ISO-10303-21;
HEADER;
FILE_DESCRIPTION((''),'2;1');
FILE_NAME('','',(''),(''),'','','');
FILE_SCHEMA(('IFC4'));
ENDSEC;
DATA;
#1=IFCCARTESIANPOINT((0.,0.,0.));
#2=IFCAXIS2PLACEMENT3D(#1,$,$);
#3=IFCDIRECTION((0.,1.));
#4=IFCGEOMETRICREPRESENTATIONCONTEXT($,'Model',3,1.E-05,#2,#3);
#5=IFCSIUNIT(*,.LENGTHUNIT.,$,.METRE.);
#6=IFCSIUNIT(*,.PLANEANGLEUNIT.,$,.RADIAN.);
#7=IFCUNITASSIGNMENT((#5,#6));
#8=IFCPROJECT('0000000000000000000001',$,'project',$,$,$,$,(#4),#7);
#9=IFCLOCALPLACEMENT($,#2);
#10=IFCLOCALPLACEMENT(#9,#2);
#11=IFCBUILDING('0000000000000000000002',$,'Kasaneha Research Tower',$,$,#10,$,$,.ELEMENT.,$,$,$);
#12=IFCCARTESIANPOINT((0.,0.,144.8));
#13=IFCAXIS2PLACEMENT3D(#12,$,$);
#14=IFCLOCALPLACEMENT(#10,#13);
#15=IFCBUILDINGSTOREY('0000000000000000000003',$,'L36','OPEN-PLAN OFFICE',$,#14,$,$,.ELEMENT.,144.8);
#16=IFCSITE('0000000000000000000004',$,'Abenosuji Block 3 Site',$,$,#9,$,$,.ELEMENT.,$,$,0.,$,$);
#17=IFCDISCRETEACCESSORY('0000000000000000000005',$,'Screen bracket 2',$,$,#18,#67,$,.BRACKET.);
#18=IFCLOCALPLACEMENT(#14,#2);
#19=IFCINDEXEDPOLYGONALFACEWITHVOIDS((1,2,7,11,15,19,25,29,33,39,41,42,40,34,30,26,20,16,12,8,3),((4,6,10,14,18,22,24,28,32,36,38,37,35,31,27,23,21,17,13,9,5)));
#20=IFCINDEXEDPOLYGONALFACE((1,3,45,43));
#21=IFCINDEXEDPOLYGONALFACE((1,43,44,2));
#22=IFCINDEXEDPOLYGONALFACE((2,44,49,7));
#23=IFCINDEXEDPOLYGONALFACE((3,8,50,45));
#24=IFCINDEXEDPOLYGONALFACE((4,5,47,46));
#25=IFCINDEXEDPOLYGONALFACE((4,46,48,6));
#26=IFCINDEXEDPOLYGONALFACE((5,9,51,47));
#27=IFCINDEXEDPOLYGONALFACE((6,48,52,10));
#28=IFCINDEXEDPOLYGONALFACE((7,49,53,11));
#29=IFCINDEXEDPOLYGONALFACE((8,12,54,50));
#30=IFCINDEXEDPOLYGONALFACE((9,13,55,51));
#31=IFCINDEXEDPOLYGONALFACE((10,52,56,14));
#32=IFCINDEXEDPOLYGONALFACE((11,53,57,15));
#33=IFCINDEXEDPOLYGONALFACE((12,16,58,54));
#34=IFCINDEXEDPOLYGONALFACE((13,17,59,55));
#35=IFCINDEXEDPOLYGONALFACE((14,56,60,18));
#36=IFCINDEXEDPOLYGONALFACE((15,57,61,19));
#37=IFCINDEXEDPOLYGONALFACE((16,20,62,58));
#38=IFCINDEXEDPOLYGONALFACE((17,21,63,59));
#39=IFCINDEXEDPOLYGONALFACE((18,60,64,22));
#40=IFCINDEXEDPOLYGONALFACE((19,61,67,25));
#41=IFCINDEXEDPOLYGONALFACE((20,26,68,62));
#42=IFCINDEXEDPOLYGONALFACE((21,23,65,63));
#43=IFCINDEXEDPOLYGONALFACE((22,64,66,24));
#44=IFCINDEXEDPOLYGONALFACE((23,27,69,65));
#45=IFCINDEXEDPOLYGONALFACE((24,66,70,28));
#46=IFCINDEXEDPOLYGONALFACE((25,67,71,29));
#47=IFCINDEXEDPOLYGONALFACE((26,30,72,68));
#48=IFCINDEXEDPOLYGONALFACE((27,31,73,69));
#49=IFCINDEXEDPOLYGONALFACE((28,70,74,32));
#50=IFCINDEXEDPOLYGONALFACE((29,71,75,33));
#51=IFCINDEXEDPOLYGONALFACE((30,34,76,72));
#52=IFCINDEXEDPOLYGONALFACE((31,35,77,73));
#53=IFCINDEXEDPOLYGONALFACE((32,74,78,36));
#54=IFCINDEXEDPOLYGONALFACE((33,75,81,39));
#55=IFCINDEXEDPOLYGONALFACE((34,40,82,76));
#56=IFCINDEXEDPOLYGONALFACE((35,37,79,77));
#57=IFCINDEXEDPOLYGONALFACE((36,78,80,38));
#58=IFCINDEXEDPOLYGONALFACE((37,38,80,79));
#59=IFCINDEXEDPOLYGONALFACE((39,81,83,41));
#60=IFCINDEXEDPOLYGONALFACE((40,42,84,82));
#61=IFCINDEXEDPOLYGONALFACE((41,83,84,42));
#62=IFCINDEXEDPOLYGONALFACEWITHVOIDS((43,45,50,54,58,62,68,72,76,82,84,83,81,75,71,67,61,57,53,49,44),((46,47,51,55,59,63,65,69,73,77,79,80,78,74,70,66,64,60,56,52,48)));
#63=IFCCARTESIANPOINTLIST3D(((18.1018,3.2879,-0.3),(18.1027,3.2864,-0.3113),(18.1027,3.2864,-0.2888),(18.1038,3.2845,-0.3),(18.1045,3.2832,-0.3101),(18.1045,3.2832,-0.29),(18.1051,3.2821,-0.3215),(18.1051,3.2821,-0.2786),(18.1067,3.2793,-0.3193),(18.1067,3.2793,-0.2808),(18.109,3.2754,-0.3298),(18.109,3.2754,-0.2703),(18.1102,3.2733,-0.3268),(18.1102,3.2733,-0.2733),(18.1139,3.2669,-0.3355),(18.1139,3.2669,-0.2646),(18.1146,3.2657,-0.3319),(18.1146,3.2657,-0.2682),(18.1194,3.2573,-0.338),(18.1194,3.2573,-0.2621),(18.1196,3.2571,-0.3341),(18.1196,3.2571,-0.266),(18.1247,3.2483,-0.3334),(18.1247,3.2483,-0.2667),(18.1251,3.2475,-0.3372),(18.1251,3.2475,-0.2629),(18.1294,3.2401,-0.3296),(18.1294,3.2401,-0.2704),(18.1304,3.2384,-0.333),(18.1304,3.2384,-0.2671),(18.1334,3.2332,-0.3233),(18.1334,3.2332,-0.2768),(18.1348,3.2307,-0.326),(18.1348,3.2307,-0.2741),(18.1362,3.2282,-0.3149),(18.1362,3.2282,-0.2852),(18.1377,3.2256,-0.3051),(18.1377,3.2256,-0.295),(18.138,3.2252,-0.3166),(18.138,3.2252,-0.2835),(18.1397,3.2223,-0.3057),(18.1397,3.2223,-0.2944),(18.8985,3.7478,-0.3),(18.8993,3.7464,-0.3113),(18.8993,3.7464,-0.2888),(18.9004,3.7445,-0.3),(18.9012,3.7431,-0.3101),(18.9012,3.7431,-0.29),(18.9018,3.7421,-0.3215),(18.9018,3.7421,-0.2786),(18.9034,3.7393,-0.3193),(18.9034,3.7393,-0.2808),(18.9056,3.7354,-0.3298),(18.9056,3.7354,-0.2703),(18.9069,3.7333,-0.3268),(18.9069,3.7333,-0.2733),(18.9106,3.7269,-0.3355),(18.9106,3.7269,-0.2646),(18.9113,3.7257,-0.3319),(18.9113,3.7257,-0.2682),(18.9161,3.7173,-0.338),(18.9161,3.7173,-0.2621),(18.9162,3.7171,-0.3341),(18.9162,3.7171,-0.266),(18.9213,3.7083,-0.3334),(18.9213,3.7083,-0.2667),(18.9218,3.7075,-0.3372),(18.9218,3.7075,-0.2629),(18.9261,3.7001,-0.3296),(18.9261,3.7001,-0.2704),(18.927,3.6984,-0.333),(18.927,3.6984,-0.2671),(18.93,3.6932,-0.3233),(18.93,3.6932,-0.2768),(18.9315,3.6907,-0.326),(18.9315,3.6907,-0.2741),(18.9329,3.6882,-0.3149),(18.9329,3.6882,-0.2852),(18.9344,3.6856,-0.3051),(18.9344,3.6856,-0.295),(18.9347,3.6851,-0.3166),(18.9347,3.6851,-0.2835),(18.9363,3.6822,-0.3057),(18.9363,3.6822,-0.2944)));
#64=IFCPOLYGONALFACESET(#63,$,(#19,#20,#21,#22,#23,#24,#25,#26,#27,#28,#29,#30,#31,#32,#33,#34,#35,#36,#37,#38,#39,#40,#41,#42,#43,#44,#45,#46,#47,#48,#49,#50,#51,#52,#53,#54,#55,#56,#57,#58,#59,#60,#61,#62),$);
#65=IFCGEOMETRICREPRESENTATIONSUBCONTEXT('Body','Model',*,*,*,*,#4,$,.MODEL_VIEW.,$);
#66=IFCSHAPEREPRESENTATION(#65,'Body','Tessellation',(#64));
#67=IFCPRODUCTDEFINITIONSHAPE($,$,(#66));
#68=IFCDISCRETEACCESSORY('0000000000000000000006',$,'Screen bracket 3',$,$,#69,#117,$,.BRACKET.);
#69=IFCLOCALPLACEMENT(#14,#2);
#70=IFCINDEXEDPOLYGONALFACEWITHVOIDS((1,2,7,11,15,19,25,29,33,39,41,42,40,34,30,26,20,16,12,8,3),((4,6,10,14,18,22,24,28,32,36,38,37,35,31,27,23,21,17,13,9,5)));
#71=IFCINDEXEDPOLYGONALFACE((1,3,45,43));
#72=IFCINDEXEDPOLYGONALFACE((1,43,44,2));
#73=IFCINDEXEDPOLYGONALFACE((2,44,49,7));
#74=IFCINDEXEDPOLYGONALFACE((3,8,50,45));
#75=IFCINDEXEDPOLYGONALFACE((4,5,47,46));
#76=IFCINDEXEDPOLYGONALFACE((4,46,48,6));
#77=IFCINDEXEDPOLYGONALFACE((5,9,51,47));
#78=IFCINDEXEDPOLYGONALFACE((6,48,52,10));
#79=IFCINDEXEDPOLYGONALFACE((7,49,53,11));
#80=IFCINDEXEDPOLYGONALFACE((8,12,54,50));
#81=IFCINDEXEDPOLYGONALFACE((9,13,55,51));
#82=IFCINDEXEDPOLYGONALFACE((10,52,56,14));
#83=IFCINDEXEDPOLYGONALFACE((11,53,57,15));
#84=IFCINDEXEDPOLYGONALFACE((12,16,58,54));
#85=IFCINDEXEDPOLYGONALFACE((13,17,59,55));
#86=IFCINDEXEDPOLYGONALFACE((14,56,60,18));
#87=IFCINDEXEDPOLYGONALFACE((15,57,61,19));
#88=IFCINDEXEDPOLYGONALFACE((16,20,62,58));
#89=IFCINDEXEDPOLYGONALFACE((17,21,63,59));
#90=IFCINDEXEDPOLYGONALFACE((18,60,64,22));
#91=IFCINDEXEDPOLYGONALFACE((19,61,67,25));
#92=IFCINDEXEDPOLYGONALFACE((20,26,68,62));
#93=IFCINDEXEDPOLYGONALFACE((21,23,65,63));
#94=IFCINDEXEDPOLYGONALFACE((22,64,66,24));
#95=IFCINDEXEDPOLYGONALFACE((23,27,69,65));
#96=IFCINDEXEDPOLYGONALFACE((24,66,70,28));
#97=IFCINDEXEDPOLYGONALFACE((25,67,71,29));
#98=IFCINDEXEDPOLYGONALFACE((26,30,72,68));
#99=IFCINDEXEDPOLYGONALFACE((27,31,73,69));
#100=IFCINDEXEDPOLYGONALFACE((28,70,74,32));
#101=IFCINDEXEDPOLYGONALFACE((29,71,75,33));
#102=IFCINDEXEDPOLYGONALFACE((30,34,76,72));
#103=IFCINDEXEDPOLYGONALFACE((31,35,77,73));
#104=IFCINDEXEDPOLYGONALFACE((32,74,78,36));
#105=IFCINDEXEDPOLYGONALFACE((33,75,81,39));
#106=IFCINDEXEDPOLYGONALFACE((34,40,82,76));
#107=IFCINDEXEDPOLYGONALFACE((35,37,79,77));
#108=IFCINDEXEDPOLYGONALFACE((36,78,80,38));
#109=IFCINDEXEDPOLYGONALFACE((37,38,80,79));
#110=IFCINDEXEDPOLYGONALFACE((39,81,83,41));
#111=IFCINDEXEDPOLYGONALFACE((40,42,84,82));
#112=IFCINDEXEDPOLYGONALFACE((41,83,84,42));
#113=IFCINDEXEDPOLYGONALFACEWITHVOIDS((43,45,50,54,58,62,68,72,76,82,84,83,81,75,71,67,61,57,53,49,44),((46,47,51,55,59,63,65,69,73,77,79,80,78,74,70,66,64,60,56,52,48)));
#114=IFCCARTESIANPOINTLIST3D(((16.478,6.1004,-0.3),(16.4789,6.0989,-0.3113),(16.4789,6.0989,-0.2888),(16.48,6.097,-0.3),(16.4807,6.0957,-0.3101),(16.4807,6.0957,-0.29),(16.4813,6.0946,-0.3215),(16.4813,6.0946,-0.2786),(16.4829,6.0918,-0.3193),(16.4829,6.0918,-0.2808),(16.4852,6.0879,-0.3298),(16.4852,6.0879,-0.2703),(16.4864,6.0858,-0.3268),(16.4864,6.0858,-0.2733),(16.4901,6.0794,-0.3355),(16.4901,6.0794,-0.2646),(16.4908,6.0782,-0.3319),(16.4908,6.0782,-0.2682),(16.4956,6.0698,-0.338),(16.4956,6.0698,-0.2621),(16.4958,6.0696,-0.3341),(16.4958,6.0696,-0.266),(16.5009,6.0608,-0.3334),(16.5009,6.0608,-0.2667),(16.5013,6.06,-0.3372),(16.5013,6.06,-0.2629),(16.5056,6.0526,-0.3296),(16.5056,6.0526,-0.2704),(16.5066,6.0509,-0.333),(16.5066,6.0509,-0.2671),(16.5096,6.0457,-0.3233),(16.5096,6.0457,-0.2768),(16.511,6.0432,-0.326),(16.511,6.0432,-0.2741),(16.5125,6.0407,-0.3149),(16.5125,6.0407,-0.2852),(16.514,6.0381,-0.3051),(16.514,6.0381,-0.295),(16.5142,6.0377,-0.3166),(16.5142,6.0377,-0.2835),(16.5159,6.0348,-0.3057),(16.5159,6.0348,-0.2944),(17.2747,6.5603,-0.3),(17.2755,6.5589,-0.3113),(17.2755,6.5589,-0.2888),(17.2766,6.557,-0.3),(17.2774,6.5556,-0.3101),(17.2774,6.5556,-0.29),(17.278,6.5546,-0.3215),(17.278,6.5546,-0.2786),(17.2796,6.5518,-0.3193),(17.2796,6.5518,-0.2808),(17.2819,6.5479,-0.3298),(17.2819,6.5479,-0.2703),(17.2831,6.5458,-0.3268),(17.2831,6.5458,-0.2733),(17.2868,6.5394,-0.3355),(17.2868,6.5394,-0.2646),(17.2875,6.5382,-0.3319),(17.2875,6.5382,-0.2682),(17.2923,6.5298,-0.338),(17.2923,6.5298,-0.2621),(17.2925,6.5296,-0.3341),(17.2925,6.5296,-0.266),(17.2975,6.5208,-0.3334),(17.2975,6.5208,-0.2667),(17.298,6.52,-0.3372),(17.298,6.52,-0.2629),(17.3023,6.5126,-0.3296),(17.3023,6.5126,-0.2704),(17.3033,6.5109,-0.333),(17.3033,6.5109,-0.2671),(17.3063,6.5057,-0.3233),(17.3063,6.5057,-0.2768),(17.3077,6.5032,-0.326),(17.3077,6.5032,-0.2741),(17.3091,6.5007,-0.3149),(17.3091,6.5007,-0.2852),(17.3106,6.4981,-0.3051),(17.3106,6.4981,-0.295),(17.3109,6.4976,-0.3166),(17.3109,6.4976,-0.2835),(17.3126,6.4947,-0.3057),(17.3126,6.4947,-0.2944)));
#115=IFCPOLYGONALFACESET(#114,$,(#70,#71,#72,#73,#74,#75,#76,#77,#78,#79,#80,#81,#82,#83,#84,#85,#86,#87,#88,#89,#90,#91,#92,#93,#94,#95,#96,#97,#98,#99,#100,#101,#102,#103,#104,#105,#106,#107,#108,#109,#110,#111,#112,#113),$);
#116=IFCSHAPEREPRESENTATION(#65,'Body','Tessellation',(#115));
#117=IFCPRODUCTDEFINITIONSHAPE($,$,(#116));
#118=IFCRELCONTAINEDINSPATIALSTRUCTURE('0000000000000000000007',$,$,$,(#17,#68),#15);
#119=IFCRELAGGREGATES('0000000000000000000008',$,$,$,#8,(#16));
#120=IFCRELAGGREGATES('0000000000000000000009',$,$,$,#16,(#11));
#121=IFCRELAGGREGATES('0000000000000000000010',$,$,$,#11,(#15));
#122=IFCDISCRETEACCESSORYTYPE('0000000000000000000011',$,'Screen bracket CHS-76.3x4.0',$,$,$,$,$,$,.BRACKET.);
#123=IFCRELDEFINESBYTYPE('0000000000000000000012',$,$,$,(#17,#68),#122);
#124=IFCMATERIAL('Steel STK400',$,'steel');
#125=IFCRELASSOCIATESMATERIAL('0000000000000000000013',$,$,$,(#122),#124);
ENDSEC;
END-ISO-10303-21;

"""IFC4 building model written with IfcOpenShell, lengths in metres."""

from ifc_helpers import new_model, si_unit, direction, frame, origin, origin_2d, place, context, subcontext, project, spatial, hollow_circle, extrude, material, material_profile, profile_set, type_object, element, save


model = new_model("IFC4")

# Units and contexts
model_context = context("Model", 3, precision=1e-05, world=origin(), true_north=direction((0.0, 1.0)))
body_context = subcontext(model_context, "Body", "Model", "MODEL_VIEW")
ifc_project = project(units=[si_unit("LENGTHUNIT", "METRE"), si_unit("PLANEANGLEUNIT", "RADIAN")], contexts=[model_context])

# Site, building, storey
site_placement = place(None, origin())
site = spatial("IfcSite", under=ifc_project, at=site_placement, Name="Abenosuji Block 3 Site", CompositionType="ELEMENT", RefElevation=0.0)
building_placement = place(site_placement, origin())
building = spatial("IfcBuilding", under=site, at=building_placement, Name="Kasaneha Research Tower", CompositionType="ELEMENT")
storey_placement = place(building_placement, frame((0.0, 0.0, 144.8)))
storey = spatial("IfcBuildingStorey", under=building, at=storey_placement, Name="L36", Description="OPEN-PLAN OFFICE", CompositionType="ELEMENT", Elevation=144.8)

# Discrete accessories
ifc_material_1 = material(Name="Steel STK400", Category="steel")
ifc_material_profile_1 = material_profile(ifc_material_1, hollow_circle(Radius=0.0381, WallThickness=0.0039, at=origin_2d()), Name="CHS-76.3x4.0")
ifc_profile_set_1 = profile_set([ifc_material_profile_1], Name="Steel STK400")
discrete_accessory_type = type_object("IfcDiscreteAccessoryType", Name="Screen bracket CHS-76.3x4.0", PredefinedType="BRACKET", material=ifc_profile_set_1)
for number, where, z_axis, x_axis, name in (
    (1, (18.1208, 3.2549, -0.3), (0.866013, 0.500021, 0.0), (-0.500021, 0.866013, 0.0), "Screen bracket 2"),
    (2, (16.4971, 6.0674, -0.3), (0.866013, 0.500021, 0.0), (-0.500021, 0.866013, 0.0), "Screen bracket 3"),
):
    element("IfcDiscreteAccessory", number, at=place(storey_placement, frame(where, z_axis=z_axis, x_axis=x_axis)), inside=storey, type_object=discrete_accessory_type, Name=name, PredefinedType="BRACKET", context=body_context, shape_type="SweptSolid", body=[
        extrude(hollow_circle(Radius=0.0381, WallThickness=0.0039, at=origin_2d()), origin(), (0.0, 0.0, 1.0), 0.9199),
    ])

save(model, "model.ifc")
